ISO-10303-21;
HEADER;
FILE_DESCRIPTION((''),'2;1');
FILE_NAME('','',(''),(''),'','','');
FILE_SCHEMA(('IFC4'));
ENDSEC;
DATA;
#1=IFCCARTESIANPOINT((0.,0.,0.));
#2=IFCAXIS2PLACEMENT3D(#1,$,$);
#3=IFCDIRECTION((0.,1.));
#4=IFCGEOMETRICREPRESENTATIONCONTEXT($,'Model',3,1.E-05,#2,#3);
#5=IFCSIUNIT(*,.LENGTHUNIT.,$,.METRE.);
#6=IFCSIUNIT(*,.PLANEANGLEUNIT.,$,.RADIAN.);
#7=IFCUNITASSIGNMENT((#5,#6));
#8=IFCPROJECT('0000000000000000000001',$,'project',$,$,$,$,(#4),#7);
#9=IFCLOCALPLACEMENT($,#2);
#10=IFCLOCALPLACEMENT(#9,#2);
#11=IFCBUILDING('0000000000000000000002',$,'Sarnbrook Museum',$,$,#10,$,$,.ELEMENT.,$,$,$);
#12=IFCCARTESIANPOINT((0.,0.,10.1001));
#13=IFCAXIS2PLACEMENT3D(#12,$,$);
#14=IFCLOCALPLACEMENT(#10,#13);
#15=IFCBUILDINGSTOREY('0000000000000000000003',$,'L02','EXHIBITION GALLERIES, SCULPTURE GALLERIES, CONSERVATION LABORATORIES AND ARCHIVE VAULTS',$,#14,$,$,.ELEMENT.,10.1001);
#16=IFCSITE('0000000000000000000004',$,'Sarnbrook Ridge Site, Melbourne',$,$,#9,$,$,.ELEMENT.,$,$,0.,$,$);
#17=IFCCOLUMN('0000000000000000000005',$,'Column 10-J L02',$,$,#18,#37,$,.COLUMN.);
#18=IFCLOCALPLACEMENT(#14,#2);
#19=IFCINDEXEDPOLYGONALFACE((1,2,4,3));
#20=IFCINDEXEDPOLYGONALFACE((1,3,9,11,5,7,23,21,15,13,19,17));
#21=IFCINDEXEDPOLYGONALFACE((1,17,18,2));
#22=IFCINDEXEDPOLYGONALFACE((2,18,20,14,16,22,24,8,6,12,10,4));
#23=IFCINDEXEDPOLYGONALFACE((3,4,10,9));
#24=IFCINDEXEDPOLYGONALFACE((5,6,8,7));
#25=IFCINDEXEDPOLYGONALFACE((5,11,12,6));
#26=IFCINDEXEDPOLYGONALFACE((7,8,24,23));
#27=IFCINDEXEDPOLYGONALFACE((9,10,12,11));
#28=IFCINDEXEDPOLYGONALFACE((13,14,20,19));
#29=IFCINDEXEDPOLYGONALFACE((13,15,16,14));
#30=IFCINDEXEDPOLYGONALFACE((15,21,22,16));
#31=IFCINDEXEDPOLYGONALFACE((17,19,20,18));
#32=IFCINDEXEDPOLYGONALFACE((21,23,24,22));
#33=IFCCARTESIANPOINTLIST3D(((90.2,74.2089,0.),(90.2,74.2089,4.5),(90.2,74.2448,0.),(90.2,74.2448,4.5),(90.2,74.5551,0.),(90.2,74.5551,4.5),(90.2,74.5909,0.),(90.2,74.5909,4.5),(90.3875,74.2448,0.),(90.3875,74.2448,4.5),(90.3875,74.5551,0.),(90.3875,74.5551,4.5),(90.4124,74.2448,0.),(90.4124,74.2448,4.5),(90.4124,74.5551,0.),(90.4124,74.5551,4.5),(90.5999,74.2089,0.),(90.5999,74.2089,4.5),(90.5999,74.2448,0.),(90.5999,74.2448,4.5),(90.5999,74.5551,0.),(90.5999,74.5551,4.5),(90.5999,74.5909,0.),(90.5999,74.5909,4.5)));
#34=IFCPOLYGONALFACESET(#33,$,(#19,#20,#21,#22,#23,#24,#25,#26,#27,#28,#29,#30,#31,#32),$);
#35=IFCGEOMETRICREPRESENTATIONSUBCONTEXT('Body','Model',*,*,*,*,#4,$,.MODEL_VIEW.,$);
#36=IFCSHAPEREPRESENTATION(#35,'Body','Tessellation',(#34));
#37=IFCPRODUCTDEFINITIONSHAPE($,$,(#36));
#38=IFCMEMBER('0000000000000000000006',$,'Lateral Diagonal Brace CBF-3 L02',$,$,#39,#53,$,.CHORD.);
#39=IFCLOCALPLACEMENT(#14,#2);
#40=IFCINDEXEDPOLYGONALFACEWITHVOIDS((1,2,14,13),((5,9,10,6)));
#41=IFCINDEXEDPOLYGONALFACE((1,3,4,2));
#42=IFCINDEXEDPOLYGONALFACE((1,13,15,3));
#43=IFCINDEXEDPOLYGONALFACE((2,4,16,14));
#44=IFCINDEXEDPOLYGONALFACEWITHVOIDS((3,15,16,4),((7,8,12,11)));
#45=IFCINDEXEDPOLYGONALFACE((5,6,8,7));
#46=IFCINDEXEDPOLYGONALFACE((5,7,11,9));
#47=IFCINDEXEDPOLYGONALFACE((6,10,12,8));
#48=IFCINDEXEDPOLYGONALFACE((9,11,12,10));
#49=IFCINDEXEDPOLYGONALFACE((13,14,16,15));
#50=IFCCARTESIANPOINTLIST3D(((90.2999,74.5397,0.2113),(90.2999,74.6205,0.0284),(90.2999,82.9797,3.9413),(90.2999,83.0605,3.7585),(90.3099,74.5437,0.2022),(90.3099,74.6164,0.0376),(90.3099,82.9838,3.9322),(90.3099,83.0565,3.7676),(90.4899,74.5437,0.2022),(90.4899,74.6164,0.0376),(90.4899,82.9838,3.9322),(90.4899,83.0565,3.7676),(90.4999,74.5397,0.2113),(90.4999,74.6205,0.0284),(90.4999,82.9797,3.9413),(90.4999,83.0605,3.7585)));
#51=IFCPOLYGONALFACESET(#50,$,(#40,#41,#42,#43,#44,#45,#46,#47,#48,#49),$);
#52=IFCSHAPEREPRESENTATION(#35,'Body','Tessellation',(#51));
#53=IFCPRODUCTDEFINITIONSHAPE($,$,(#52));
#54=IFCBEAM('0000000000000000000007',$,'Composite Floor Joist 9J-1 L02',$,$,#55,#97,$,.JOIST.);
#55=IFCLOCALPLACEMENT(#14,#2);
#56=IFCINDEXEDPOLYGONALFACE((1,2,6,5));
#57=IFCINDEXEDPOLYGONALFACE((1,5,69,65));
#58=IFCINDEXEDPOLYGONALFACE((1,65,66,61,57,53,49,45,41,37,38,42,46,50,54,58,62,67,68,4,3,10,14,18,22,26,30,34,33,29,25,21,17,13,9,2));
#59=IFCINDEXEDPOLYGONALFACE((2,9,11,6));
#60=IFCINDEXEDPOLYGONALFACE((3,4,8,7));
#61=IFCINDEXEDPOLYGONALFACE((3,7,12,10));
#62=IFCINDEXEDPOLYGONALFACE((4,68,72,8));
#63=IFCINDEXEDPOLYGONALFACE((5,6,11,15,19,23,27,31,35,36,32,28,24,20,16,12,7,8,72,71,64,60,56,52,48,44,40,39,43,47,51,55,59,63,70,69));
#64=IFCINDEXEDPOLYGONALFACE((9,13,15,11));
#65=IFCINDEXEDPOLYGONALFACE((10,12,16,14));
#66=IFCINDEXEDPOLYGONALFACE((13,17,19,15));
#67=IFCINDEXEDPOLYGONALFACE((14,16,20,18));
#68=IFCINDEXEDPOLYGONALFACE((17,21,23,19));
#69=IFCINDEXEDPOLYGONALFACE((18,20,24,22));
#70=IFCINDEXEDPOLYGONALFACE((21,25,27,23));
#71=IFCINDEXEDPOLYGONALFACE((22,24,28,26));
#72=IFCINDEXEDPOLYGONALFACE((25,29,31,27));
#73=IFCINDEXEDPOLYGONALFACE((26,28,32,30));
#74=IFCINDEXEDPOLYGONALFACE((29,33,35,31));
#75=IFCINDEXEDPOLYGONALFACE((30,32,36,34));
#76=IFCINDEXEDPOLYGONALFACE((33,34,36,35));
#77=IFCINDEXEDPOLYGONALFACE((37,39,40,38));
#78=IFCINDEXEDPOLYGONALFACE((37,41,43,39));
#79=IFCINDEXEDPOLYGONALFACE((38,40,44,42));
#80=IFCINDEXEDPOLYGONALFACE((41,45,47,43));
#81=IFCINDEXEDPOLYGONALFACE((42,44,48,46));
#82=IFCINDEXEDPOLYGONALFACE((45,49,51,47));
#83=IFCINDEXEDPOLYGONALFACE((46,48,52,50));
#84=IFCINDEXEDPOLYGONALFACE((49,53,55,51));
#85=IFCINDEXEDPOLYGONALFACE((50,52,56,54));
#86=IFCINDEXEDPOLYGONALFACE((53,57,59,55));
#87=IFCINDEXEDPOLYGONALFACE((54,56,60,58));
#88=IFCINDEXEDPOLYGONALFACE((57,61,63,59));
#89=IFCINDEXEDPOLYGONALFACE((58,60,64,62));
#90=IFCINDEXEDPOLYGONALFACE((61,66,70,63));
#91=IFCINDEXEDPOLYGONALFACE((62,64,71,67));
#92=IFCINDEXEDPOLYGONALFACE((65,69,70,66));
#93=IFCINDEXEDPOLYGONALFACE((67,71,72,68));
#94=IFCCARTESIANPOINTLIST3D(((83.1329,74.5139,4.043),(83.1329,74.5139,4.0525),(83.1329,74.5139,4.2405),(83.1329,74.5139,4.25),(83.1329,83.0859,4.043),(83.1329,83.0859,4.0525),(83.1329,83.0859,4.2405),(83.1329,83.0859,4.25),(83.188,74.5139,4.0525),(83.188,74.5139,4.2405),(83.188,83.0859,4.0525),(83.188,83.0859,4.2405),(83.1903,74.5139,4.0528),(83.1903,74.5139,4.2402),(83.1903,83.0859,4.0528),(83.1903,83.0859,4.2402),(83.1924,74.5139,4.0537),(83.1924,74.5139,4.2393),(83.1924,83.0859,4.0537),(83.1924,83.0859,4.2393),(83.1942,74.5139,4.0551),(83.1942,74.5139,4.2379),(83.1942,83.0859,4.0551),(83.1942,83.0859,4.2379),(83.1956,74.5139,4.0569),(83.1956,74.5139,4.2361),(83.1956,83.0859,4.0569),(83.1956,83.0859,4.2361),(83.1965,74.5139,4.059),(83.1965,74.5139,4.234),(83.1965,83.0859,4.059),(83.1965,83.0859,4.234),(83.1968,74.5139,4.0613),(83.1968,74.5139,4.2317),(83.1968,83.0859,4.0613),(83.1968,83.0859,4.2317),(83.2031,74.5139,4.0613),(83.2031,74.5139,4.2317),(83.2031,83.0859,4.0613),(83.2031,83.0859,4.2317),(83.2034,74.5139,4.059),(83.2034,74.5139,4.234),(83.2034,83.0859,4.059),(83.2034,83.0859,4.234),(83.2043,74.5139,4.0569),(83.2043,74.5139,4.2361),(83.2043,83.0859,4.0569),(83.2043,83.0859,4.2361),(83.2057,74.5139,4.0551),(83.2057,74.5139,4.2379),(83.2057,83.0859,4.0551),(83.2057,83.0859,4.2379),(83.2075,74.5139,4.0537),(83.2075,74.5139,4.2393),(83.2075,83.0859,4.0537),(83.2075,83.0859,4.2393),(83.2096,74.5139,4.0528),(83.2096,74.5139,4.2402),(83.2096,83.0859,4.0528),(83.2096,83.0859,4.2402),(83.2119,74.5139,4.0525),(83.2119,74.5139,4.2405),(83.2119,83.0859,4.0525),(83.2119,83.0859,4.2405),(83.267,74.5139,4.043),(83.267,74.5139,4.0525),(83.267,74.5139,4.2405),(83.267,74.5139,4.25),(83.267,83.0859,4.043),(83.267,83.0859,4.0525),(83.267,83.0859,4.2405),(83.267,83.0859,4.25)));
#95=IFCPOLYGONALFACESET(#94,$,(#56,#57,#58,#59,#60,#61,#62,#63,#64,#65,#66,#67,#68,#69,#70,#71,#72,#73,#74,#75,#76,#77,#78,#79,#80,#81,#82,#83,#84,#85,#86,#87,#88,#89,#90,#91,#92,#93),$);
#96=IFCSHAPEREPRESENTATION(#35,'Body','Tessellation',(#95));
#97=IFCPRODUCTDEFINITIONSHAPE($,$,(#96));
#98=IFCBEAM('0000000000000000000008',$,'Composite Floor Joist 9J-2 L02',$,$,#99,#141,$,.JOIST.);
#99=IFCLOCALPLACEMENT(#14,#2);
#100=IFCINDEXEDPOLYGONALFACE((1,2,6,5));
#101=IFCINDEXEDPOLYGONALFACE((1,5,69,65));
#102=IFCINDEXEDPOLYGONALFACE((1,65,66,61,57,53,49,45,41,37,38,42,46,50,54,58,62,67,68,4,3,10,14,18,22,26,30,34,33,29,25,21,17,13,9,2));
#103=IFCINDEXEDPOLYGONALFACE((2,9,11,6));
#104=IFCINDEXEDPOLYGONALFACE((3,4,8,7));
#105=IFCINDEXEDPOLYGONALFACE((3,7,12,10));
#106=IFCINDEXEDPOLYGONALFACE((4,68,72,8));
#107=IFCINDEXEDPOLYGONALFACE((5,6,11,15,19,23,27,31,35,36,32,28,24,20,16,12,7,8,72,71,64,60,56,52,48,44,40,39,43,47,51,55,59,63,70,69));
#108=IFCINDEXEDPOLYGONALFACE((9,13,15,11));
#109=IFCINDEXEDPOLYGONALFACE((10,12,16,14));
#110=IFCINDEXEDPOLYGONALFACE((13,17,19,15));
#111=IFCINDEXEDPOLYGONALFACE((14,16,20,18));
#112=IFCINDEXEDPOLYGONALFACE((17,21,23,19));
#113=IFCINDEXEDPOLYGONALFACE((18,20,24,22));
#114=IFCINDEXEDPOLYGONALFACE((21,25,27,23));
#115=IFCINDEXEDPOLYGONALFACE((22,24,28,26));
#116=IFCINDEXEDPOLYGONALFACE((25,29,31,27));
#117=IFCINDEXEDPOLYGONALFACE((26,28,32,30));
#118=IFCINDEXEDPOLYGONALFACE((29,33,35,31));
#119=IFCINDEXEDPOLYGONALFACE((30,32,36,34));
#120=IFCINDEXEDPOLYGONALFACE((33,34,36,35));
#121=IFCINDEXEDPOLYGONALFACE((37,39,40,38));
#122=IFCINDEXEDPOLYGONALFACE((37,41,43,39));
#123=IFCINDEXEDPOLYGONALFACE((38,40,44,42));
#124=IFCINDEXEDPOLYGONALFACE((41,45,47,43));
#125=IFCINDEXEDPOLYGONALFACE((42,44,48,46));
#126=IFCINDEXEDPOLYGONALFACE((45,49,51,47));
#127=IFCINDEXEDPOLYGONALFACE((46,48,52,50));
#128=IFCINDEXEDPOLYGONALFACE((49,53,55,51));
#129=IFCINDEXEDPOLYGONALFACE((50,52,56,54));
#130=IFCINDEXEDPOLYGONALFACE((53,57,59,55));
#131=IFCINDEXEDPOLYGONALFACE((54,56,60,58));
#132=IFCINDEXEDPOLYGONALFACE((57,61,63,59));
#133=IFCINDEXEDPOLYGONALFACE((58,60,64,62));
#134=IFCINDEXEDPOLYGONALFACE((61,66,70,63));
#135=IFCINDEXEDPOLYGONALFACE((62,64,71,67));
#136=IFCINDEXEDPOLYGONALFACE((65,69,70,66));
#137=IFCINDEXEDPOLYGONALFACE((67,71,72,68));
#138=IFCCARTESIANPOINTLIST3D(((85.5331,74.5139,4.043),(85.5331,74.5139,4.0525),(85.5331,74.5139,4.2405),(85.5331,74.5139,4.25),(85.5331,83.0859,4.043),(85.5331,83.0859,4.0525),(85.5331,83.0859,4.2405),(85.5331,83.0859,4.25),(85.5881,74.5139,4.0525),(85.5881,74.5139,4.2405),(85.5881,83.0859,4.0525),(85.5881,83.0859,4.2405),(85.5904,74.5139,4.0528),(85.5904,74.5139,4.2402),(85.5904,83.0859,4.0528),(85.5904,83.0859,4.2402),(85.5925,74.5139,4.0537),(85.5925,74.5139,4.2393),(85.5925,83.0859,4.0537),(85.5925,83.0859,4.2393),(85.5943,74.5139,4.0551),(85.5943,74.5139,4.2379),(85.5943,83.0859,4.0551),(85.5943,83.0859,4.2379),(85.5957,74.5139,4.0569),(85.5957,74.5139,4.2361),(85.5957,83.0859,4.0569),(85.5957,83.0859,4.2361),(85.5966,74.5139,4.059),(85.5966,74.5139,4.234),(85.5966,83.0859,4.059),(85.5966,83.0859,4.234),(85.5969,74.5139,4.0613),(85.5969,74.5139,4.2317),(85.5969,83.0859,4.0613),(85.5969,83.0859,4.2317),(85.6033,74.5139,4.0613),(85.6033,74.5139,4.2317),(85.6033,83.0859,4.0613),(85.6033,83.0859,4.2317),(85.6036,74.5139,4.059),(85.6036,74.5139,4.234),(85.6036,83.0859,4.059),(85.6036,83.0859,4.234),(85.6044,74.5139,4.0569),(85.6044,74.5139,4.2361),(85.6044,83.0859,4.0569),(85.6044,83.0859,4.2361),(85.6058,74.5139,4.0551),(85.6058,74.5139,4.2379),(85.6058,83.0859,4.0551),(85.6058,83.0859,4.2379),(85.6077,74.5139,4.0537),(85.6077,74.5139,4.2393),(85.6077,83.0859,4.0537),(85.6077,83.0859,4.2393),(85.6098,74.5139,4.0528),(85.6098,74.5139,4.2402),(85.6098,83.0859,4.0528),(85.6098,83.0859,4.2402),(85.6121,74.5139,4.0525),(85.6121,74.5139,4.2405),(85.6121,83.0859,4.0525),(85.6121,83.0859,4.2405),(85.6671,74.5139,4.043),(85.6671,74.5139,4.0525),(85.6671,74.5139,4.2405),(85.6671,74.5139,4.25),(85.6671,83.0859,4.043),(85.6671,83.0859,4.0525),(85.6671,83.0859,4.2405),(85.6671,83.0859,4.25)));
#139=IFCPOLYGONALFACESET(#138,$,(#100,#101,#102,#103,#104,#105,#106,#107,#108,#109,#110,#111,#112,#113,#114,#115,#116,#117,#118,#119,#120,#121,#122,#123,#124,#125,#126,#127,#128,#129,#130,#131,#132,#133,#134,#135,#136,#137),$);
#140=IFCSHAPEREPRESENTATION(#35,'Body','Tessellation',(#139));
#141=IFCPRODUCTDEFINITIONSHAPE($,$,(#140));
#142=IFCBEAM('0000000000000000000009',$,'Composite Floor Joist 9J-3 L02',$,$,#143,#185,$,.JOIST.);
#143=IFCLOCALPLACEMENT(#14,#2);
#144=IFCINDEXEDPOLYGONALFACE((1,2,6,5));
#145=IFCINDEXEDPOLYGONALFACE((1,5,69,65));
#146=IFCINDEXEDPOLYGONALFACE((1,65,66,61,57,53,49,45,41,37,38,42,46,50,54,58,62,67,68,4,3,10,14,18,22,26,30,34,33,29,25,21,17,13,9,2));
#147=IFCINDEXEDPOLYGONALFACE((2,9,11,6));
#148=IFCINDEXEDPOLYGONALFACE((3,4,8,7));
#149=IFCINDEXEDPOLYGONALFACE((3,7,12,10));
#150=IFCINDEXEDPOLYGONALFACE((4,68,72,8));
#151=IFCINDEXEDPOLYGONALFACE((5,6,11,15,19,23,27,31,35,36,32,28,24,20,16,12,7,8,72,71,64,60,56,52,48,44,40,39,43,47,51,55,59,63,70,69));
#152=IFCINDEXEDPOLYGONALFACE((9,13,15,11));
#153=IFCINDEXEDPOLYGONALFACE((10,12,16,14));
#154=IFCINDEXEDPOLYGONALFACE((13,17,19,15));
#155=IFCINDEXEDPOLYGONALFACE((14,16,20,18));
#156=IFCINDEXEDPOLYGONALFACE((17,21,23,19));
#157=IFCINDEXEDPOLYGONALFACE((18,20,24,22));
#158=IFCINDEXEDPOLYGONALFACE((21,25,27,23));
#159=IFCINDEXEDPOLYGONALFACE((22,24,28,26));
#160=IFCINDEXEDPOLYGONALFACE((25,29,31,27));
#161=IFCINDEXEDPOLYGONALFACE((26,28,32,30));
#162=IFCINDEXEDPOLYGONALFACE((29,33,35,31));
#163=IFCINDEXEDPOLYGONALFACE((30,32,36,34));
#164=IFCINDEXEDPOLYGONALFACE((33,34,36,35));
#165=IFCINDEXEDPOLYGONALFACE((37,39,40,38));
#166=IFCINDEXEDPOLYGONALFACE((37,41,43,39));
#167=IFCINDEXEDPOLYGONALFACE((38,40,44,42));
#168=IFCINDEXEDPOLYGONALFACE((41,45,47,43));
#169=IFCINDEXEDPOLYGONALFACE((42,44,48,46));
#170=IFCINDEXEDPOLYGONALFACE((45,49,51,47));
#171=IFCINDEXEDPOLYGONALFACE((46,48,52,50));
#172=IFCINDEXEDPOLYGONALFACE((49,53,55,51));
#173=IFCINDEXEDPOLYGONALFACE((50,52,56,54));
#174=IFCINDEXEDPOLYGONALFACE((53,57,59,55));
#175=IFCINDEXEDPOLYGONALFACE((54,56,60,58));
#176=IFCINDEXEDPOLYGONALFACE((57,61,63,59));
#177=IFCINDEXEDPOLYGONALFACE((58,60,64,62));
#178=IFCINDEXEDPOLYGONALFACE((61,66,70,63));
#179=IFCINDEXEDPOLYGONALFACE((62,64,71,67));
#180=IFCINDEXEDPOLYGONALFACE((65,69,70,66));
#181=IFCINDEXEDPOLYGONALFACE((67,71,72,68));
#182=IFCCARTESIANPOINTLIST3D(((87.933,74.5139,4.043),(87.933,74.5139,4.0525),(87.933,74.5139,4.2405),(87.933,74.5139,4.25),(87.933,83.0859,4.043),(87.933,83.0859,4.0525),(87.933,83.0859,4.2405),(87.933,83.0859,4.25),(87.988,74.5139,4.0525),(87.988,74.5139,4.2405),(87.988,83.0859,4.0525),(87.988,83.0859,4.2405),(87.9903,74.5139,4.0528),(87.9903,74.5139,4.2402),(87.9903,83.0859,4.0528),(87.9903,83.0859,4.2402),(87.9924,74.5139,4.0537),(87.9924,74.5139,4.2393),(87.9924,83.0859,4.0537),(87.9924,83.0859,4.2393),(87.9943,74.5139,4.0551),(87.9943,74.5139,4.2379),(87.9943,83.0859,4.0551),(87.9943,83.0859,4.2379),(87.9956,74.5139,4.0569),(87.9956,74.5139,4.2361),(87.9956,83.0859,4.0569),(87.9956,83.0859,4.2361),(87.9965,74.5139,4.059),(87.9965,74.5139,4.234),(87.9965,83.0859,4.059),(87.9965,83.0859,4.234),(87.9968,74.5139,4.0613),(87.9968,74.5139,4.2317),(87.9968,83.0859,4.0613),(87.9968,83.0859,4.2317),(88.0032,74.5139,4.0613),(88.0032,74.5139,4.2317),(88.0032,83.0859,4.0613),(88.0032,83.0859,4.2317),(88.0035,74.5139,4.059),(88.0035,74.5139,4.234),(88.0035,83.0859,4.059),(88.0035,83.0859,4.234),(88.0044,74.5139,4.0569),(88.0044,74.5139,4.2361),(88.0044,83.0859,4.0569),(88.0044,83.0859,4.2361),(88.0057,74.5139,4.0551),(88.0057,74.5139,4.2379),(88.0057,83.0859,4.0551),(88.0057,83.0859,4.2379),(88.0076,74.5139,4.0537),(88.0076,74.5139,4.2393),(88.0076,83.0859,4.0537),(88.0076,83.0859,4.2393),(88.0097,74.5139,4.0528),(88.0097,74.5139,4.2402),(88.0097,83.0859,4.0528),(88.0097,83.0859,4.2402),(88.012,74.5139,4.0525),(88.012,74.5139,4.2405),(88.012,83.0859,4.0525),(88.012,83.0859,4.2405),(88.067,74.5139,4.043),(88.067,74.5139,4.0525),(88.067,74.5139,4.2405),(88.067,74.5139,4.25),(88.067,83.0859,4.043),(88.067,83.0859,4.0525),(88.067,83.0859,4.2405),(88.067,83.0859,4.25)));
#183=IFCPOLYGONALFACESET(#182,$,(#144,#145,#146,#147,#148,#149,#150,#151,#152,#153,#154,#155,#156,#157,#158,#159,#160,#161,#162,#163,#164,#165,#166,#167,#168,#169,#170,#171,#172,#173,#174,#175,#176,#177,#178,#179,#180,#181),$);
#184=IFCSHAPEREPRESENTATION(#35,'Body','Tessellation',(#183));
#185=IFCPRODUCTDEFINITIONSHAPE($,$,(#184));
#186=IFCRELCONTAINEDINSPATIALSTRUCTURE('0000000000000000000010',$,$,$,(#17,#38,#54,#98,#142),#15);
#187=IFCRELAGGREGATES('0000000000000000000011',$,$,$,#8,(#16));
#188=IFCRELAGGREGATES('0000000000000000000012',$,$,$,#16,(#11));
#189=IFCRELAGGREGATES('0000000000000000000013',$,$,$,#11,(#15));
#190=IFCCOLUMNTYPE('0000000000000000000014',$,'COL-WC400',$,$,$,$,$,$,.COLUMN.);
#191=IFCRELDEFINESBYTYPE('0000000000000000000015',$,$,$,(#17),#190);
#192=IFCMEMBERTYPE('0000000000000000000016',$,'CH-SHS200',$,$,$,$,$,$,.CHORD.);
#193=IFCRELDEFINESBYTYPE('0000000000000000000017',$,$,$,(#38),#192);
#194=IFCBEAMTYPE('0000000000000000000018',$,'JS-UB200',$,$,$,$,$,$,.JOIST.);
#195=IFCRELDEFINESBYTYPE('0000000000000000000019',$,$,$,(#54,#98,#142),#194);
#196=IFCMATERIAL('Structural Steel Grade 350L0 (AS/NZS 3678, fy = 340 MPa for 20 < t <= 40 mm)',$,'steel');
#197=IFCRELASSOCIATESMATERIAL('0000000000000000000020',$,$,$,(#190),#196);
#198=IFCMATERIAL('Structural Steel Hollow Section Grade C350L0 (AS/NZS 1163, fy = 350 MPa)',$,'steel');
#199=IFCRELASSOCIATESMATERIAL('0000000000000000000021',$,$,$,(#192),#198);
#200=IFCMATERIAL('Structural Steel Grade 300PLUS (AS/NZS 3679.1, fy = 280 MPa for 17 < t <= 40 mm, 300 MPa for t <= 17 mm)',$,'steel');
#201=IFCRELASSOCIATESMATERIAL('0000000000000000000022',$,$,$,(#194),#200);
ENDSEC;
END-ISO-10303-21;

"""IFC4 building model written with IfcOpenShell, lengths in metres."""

from ifc_helpers import new_model, si_unit, direction, frame, origin, origin_2d, place, context, subcontext, project, spatial, hollow_rectangle, i_section, extrude, material, material_profile, profile_set, type_object, element, save


model = new_model("IFC4")

# Units and contexts
model_context = context("Model", 3, precision=1e-05, world=origin(), true_north=direction((0.0, 1.0)))
body_context = subcontext(model_context, "Body", "Model", "MODEL_VIEW")
ifc_project = project(units=[si_unit("LENGTHUNIT", "METRE"), si_unit("PLANEANGLEUNIT", "RADIAN")], contexts=[model_context])

# Site, building, storey
site_placement = place(None, origin())
site = spatial("IfcSite", under=ifc_project, at=site_placement, Name="Sarnbrook Ridge Site, Melbourne", CompositionType="ELEMENT", RefElevation=0.0)
building_placement = place(site_placement, origin())
building = spatial("IfcBuilding", under=site, at=building_placement, Name="Sarnbrook Museum", CompositionType="ELEMENT")
storey_placement = place(building_placement, frame((0.0, 0.0, 10.1001)))
storey = spatial("IfcBuildingStorey", under=building, at=storey_placement, Name="L02", Description="EXHIBITION GALLERIES, SCULPTURE GALLERIES, CONSERVATION LABORATORIES AND ARCHIVE VAULTS", CompositionType="ELEMENT", Elevation=10.1001)

# Column
ifc_material_1 = material(Name="Structural Steel Grade 350L0 (AS/NZS 3678, fy = 340 MPa for 20 < t <= 40 mm)", Category="steel")
ifc_material_profile_1 = material_profile(ifc_material_1, i_section(OverallWidth=0.3999, OverallDepth=0.3821, WebThickness=0.0249, FlangeThickness=0.0359, at=origin_2d()), Name="400WC270")
ifc_profile_set_1 = profile_set([ifc_material_profile_1], Name="Structural Steel Grade 350L0 (AS/NZS 3678, fy = 340 MPa for 20 < t <= 40 mm)")
column_type = type_object("IfcColumnType", Name="COL-WC400", PredefinedType="COLUMN", material=ifc_profile_set_1)
column_placement = place(storey_placement, frame((90.3999, 74.3999, 0.0), z_axis=(0.0, 0.0, 1.0), x_axis=(1.0, 0.0, 0.0)))
element("IfcColumn", 1, at=column_placement, inside=storey, type_object=column_type, Name="Column 10-J L02", PredefinedType="COLUMN", context=body_context, shape_type="SweptSolid", body=[
    extrude(i_section(OverallWidth=0.3999, OverallDepth=0.3821, WebThickness=0.0249, FlangeThickness=0.0359, at=origin_2d()), origin(), (0.0, 0.0, 1.0), 4.5),
])

# Member
ifc_material_2 = material(Name="Structural Steel Hollow Section Grade C350L0 (AS/NZS 1163, fy = 350 MPa)", Category="steel")
ifc_material_profile_2 = material_profile(ifc_material_2, hollow_rectangle(XDim=0.2, YDim=0.2, WallThickness=0.01, at=origin_2d()), Name="200x200x10.0SHS")
ifc_profile_set_2 = profile_set([ifc_material_profile_2], Name="Structural Steel Hollow Section Grade C350L0 (AS/NZS 1163, fy = 350 MPa)")
member_type = type_object("IfcMemberType", Name="CH-SHS200", PredefinedType="CHORD", material=ifc_profile_set_2)
member_placement = place(storey_placement, frame((90.3999, 74.5801, 0.1199), z_axis=(0.0, 0.914658, 0.404228), x_axis=(-1.0, 0.0, 0.0)))
element("IfcMember", 2, at=member_placement, inside=storey, type_object=member_type, Name="Lateral Diagonal Brace CBF-3 L02", PredefinedType="CHORD", context=body_context, shape_type="SweptSolid", body=[
    extrude(hollow_rectangle(XDim=0.2, YDim=0.2, WallThickness=0.01, at=origin_2d()), origin(), (0.0, 0.0, 1.0), 9.2275),
])

# Beams
ifc_material_3 = material(Name="Structural Steel Grade 300PLUS (AS/NZS 3679.1, fy = 280 MPa for 17 < t <= 40 mm, 300 MPa for t <= 17 mm)", Category="steel")
ifc_material_profile_3 = material_profile(ifc_material_3, i_section(OverallWidth=0.134, OverallDepth=0.207, WebThickness=0.0063, FlangeThickness=0.0095, FilletRadius=0.0088, at=origin_2d()), Name="200UB29.8")
ifc_profile_set_3 = profile_set([ifc_material_profile_3], Name="Structural Steel Grade 300PLUS (AS/NZS 3679.1, fy = 280 MPa for 17 < t <= 40 mm, 300 MPa for t <= 17 mm)")
beam_type_1 = type_object("IfcBeamType", Name="JS-UB200", PredefinedType="JOIST", material=ifc_profile_set_3)
for number, where, z_axis, x_axis, name in (
    (3, (83.2, 74.5139, 4.1465), (0.0, 1.0, 0.0), (-1.0, 0.0, 0.0), "Composite Floor Joist 9J-1 L02"),
    (4, (85.6001, 74.5139, 4.1465), (0.0, 1.0, 0.0), (-1.0, 0.0, 0.0), "Composite Floor Joist 9J-2 L02"),
    (5, (88.0, 74.5139, 4.1465), (0.0, 1.0, 0.0), (-1.0, 0.0, 0.0), "Composite Floor Joist 9J-3 L02"),
):
    element("IfcBeam", number, at=place(storey_placement, frame(where, z_axis=z_axis, x_axis=x_axis)), inside=storey, type_object=beam_type_1, Name=name, PredefinedType="JOIST", context=body_context, shape_type="SweptSolid", body=[
        extrude(i_section(OverallWidth=0.134, OverallDepth=0.207, WebThickness=0.0063, FlangeThickness=0.0095, FilletRadius=0.0088, at=origin_2d()), origin(), (0.0, 0.0, 1.0), 8.572),
    ])

save(model, "model.ifc")
